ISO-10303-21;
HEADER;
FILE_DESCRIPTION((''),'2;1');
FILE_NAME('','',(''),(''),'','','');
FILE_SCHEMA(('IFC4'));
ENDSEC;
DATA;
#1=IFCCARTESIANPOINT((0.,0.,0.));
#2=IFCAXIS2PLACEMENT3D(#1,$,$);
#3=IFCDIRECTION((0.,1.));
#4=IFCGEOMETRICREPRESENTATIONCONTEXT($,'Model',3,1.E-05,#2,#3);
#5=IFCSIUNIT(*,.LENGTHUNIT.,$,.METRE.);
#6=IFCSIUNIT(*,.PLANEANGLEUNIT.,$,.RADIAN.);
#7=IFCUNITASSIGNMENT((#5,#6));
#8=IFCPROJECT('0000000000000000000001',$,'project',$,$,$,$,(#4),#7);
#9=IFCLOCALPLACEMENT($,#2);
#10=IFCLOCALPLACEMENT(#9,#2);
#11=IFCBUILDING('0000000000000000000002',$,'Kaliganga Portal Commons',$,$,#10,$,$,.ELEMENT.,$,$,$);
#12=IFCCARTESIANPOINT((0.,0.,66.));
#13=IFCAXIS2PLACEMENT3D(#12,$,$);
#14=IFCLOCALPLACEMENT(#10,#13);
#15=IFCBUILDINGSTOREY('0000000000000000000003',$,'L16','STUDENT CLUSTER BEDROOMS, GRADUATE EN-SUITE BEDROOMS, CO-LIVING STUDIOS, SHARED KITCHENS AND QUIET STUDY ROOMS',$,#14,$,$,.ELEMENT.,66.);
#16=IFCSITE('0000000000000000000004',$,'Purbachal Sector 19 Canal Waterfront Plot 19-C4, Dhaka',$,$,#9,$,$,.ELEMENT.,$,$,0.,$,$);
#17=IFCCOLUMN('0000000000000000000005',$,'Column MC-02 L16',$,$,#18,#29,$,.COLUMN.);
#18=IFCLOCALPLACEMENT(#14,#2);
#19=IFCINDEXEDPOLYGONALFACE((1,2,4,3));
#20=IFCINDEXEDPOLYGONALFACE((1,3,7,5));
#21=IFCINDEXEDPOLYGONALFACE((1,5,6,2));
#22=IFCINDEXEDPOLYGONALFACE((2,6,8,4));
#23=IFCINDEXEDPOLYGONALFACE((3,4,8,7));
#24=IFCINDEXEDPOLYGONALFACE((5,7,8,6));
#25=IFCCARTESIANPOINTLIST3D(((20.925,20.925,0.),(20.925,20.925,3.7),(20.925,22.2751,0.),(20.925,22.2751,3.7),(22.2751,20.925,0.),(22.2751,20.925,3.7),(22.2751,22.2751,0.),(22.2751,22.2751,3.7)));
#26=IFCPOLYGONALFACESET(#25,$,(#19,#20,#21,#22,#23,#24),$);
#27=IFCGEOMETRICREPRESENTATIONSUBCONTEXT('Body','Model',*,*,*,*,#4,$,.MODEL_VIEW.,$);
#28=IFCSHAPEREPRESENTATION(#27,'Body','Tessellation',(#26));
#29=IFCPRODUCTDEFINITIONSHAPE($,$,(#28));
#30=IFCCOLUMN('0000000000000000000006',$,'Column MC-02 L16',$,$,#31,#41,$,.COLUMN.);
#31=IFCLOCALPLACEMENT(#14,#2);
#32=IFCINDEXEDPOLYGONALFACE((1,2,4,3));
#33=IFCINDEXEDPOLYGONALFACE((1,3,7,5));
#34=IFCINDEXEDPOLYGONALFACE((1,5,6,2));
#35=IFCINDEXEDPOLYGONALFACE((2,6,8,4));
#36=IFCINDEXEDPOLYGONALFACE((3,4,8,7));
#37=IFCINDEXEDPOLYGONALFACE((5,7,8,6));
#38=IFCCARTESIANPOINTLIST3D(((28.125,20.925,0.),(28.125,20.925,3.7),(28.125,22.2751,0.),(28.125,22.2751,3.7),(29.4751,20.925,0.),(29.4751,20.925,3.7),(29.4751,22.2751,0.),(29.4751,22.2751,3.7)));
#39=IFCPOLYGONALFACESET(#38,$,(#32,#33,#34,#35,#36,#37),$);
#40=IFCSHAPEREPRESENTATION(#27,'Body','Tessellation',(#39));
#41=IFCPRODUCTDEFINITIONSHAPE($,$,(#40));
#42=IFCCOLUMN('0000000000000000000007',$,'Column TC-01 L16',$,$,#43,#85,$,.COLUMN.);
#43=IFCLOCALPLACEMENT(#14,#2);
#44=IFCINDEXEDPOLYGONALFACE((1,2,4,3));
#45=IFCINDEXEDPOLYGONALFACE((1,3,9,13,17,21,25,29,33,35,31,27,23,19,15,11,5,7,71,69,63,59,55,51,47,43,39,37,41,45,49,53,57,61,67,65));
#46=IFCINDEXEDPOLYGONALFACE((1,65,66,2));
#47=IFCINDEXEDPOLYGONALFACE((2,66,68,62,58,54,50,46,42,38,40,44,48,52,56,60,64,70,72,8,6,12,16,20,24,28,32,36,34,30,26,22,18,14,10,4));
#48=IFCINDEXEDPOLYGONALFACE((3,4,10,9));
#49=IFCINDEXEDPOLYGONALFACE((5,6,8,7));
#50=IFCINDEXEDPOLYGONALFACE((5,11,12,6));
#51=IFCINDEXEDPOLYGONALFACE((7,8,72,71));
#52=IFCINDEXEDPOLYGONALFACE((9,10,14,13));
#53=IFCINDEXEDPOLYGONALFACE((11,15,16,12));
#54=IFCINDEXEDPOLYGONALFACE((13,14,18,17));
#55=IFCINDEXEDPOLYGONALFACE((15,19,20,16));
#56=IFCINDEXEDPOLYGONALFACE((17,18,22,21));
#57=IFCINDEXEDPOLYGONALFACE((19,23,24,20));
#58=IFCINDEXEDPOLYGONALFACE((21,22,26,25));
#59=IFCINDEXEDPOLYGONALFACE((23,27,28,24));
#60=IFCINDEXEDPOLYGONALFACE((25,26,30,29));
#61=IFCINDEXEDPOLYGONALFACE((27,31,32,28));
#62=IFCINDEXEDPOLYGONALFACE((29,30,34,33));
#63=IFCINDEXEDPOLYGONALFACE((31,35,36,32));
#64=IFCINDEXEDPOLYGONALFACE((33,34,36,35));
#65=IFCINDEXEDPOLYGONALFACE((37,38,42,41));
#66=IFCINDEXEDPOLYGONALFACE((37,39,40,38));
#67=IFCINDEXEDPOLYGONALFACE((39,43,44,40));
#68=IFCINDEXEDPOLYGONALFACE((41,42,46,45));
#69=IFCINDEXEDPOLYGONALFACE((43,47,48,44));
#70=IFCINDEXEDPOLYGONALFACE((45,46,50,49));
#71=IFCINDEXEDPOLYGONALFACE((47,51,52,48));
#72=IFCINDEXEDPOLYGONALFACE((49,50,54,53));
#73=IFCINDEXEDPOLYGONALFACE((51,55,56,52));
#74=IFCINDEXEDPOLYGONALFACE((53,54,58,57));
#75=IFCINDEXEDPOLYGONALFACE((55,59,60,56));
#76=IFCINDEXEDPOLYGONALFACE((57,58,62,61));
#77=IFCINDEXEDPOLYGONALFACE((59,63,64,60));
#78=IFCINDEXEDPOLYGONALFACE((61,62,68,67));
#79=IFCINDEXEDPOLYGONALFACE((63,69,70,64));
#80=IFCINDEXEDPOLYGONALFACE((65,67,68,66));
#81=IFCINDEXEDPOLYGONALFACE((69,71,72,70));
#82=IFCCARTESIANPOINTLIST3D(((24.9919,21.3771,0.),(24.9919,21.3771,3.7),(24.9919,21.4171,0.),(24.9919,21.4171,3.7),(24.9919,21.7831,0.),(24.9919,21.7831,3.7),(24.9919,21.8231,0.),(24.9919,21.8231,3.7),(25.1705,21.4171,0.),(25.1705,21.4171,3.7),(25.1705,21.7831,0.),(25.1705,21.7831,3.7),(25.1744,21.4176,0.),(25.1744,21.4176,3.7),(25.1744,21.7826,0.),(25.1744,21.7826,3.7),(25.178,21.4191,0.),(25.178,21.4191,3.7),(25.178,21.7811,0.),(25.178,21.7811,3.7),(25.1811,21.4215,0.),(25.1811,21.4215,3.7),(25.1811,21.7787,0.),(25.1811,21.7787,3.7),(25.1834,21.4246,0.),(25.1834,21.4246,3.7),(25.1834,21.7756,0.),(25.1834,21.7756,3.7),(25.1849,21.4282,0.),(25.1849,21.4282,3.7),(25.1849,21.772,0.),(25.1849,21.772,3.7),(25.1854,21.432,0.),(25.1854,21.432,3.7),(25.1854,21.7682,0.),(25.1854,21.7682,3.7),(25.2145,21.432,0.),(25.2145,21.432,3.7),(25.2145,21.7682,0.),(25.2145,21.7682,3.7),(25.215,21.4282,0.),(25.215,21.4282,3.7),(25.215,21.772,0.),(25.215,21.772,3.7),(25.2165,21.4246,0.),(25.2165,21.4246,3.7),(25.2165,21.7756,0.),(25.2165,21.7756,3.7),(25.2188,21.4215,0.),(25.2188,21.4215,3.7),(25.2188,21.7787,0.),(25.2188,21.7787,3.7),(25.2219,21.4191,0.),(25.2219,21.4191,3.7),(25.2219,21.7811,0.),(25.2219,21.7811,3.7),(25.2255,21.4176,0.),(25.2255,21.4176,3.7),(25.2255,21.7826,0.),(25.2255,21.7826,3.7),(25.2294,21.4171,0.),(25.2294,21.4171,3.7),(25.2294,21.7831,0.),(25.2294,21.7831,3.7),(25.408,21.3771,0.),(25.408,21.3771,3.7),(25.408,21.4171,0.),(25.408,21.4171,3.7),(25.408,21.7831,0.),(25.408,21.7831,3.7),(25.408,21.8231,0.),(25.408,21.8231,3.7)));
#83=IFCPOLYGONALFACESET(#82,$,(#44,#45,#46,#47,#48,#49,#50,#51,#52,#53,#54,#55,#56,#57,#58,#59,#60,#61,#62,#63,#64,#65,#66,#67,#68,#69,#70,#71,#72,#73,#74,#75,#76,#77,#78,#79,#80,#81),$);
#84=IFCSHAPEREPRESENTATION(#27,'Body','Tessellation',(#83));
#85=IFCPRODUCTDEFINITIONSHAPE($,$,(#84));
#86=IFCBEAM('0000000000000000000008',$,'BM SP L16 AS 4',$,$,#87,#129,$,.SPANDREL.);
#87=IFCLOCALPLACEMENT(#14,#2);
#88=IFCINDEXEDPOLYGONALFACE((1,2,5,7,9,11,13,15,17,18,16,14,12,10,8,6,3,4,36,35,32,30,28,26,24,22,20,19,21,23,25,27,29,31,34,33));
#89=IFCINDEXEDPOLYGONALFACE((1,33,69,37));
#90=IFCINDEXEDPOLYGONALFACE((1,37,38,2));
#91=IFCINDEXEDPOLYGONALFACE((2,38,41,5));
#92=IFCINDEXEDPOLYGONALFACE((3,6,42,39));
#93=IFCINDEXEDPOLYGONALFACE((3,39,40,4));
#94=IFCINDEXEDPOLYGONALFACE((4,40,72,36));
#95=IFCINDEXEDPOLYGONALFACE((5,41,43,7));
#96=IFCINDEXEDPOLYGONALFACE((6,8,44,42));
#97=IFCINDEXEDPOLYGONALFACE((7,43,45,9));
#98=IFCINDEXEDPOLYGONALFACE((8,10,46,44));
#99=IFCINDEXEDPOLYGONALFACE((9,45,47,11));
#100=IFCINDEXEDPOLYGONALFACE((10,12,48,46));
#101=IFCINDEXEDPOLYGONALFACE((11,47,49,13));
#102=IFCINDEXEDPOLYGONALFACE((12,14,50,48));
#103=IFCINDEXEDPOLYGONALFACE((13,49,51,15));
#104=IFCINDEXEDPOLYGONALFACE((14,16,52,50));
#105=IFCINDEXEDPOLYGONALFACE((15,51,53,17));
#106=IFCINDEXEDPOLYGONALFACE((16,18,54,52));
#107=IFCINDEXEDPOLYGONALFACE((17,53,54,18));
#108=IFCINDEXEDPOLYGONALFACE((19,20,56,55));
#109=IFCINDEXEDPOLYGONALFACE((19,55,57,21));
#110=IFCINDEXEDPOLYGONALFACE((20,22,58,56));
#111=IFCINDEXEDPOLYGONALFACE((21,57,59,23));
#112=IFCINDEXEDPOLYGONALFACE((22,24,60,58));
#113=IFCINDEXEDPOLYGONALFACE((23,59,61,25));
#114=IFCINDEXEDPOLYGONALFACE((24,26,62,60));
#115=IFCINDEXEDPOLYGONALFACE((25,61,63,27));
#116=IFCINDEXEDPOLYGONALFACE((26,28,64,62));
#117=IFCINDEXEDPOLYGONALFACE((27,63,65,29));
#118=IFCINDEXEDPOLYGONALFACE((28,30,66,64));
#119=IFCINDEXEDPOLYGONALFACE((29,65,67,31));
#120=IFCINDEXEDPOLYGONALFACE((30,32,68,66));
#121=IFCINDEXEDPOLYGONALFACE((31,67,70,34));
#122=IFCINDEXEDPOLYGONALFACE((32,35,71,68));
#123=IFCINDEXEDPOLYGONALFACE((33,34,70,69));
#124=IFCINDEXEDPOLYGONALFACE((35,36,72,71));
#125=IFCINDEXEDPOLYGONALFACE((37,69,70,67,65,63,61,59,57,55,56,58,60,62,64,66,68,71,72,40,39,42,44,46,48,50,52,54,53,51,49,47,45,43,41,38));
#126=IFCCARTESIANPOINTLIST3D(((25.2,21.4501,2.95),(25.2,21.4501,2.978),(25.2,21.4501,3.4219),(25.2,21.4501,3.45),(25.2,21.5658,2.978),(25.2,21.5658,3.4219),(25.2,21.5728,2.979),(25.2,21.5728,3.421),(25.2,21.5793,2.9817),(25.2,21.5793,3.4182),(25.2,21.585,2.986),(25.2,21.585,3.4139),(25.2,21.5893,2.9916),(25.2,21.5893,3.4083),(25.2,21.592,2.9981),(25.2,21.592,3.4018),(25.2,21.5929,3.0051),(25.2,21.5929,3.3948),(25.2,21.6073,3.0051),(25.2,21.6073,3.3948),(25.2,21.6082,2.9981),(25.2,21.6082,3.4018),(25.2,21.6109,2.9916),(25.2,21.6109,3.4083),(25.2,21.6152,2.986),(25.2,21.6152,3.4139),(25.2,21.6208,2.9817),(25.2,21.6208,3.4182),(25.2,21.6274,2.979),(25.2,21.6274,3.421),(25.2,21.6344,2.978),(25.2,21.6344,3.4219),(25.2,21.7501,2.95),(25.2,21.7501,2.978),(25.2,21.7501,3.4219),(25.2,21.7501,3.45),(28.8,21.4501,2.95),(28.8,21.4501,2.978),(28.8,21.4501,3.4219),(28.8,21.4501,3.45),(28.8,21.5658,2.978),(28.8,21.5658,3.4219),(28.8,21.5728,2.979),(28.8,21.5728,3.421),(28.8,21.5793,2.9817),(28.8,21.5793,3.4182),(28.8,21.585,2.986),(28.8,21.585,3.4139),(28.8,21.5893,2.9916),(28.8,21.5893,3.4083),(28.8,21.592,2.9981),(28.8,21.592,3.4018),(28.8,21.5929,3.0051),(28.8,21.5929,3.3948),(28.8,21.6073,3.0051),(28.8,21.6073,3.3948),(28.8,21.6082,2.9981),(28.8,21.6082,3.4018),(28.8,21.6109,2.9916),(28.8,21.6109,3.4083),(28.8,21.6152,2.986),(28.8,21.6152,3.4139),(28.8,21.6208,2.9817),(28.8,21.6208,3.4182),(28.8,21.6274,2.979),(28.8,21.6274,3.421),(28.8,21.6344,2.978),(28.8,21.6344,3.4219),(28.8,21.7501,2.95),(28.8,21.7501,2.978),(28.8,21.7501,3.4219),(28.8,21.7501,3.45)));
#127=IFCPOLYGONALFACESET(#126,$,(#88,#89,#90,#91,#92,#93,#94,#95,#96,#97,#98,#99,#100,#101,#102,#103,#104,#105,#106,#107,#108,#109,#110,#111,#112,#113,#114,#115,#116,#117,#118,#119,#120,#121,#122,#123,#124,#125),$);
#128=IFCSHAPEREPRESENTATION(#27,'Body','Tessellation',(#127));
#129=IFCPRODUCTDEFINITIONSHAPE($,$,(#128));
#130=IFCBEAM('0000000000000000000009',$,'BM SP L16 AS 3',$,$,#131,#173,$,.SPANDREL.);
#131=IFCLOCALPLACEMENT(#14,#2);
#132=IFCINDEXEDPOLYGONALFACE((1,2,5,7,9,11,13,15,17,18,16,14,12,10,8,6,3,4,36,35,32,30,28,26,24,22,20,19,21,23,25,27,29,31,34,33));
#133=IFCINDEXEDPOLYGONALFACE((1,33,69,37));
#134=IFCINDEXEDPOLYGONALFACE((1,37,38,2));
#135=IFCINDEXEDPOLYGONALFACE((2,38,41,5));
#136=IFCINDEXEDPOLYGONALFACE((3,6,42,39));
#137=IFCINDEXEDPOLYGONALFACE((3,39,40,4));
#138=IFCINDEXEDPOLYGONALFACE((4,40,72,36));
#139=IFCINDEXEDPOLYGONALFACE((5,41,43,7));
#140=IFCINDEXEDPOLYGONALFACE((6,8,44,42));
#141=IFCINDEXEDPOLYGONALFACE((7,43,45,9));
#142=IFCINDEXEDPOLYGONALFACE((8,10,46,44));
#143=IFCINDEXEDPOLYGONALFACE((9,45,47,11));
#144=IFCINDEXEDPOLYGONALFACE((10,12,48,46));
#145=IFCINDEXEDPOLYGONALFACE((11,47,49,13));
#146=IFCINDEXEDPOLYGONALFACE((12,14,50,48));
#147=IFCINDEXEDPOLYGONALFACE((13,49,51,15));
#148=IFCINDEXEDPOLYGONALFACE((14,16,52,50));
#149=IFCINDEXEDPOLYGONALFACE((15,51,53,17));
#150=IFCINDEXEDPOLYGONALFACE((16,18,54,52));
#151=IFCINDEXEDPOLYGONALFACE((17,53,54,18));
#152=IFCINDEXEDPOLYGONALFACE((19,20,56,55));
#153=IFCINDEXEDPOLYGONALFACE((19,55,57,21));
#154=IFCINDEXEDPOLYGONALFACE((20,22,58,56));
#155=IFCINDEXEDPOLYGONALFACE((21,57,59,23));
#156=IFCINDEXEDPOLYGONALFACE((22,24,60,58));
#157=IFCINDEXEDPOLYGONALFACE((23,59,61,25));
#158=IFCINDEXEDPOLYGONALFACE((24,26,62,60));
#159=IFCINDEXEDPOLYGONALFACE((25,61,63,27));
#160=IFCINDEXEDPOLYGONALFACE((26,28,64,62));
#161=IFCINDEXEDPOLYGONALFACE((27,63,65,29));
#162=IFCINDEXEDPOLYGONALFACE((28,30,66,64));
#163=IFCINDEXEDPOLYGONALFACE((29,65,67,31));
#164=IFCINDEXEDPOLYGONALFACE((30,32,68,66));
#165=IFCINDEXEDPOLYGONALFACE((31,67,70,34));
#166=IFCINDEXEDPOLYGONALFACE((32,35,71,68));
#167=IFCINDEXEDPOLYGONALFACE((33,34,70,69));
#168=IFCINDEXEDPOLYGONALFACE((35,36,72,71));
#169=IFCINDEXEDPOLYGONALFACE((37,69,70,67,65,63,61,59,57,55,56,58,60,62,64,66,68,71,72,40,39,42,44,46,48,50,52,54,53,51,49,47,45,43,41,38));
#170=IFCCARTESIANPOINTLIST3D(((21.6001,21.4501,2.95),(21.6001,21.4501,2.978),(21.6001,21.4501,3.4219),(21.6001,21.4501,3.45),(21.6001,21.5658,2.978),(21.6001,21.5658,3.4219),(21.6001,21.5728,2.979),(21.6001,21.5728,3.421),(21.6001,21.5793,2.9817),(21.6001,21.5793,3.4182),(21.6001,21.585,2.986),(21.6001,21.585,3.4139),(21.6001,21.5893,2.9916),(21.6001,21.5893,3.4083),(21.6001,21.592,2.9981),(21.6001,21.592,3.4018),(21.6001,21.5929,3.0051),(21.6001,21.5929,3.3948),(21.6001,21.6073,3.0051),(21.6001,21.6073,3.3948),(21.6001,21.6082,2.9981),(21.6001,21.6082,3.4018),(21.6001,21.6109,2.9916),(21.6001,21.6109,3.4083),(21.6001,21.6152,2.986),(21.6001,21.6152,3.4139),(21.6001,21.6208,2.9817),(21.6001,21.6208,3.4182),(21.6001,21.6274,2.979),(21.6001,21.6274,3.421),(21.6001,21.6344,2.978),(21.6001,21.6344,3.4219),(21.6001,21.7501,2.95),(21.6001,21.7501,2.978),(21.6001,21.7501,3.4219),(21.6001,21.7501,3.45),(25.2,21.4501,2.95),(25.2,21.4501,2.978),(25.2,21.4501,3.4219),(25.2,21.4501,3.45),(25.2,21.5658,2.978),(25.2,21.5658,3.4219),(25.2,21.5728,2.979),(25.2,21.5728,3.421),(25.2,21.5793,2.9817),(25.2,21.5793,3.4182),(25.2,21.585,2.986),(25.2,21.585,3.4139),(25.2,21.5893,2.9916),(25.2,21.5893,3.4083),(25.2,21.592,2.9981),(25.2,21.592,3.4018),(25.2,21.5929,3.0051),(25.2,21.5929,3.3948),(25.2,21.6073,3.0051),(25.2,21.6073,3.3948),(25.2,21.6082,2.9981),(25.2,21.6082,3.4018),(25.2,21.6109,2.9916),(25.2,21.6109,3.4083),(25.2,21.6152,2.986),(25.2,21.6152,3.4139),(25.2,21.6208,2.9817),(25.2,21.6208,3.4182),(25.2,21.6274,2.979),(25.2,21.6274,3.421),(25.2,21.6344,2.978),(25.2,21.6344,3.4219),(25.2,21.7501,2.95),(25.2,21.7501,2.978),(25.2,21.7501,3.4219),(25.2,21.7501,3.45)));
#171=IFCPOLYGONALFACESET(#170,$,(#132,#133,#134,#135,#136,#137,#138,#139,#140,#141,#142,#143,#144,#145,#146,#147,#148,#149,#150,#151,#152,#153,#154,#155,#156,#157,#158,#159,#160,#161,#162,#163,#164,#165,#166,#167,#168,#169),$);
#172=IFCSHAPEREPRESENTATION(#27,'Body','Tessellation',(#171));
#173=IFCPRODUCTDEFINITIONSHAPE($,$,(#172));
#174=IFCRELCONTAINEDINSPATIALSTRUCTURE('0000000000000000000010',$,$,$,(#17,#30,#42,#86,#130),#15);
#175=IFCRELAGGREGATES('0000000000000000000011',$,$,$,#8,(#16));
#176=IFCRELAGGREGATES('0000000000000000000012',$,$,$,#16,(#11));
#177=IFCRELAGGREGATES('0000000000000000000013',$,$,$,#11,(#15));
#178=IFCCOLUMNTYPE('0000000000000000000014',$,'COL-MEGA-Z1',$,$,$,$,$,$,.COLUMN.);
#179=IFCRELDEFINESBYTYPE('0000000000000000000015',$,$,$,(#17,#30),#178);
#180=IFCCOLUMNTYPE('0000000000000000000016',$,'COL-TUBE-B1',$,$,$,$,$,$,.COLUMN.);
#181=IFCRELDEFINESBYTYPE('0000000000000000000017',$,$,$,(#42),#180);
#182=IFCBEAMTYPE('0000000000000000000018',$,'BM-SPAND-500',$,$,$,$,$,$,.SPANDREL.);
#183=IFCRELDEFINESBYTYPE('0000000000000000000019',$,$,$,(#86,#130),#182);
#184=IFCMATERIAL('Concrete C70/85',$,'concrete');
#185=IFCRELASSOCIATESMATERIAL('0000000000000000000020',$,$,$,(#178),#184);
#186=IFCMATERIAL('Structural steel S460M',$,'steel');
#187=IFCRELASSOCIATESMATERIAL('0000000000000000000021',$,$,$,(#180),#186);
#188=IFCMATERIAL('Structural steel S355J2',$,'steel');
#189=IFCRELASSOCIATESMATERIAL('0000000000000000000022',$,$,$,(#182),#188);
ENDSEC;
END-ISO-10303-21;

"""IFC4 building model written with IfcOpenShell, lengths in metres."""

from ifc_helpers import new_model, si_unit, direction, frame, origin, origin_2d, place, context, subcontext, project, spatial, rectangle, i_section, extrude, source, transform, mapped, material, material_profile, profile_set, type_object, element, save


model = new_model("IFC4")

# Units and contexts
model_context = context("Model", 3, precision=1e-05, world=origin(), true_north=direction((0.0, 1.0)))
body_context = subcontext(model_context, "Body", "Model", "MODEL_VIEW")
ifc_project = project(units=[si_unit("LENGTHUNIT", "METRE"), si_unit("PLANEANGLEUNIT", "RADIAN")], contexts=[model_context])

# Site, building, storey
site_placement = place(None, origin())
site = spatial("IfcSite", under=ifc_project, at=site_placement, Name="Purbachal Sector 19 Canal Waterfront Plot 19-C4, Dhaka", CompositionType="ELEMENT", RefElevation=0.0)
building_placement = place(site_placement, origin())
building = spatial("IfcBuilding", under=site, at=building_placement, Name="Kaliganga Portal Commons", CompositionType="ELEMENT")
storey_placement = place(building_placement, frame((0.0, 0.0, 66.0)))
storey = spatial("IfcBuildingStorey", under=building, at=storey_placement, Name="L16", Description="STUDENT CLUSTER BEDROOMS, GRADUATE EN-SUITE BEDROOMS, CO-LIVING STUDIOS, SHARED KITCHENS AND QUIET STUDY ROOMS", CompositionType="ELEMENT", Elevation=66.0)

# Columns
ifc_material_1 = material(Name="Concrete C70/85", Category="concrete")
ifc_material_profile_1 = material_profile(ifc_material_1, rectangle(XDim=1.3501, YDim=1.3501, at=origin_2d()), Name="RC 1350x1350")
ifc_profile_set_1 = profile_set([ifc_material_profile_1], Name="Concrete C70/85")
column_type_1 = type_object("IfcColumnType", Name="COL-MEGA-Z1", PredefinedType="COLUMN", material=ifc_profile_set_1)
shared_shape_1 = source(origin(), body_context, "Body", "SweptSolid", [
    extrude(rectangle(XDim=1.3501, YDim=1.3501, at=origin_2d()), origin(), (0.0, 0.0, 1.0), 3.7),
])
for number, where, z_axis, x_axis, name in (
    (1, (21.6001, 21.6001, 0.0), (0.0, 0.0, 1.0), (1.0, 0.0, 0.0), "Column MC-02 L16"),
    (2, (28.8, 21.6001, 0.0), (0.0, 0.0, 1.0), (1.0, 0.0, 0.0), "Column MC-02 L16"),
):
    element("IfcColumn", number, at=place(storey_placement, frame(where, z_axis=z_axis, x_axis=x_axis)), inside=storey, type_object=column_type_1, Name=name, PredefinedType="COLUMN", context=body_context, shape_type="MappedRepresentation", body=[
        mapped(shared_shape_1, transform((0.0, 0.0, 0.0), x_axis=(1.0, 0.0, 0.0), y_axis=(0.0, 1.0, 0.0), z_axis=(0.0, 0.0, 1.0), scale=1.0)),
    ])
ifc_material_2 = material(Name="Structural steel S460M", Category="steel")
ifc_material_profile_2 = material_profile(ifc_material_2, i_section(OverallWidth=0.416, OverallDepth=0.446, WebThickness=0.0291, FlangeThickness=0.04, FilletRadius=0.0149, at=origin_2d()), Name="HD 400x509")
ifc_profile_set_2 = profile_set([ifc_material_profile_2], Name="Structural steel S460M wide-flange")
column_type_2 = type_object("IfcColumnType", Name="COL-TUBE-B1", PredefinedType="COLUMN", material=ifc_profile_set_2)
shared_shape_2 = source(origin(), body_context, "Body", "SweptSolid", [
    extrude(i_section(OverallWidth=0.416, OverallDepth=0.446, WebThickness=0.0291, FlangeThickness=0.04, FilletRadius=0.0149, at=origin_2d()), origin(), (0.0, 0.0, 1.0), 3.7),
])
column_placement = place(storey_placement, frame((25.2, 21.6001, 0.0), z_axis=(0.0, 0.0, 1.0), x_axis=(1.0, 0.0, 0.0)))
element("IfcColumn", 3, at=column_placement, inside=storey, type_object=column_type_2, Name="Column TC-01 L16", PredefinedType="COLUMN", context=body_context, shape_type="MappedRepresentation", body=[
    mapped(shared_shape_2, transform((0.0, 0.0, 0.0), x_axis=(1.0, 0.0, 0.0), y_axis=(0.0, 1.0, 0.0), z_axis=(0.0, 0.0, 1.0), scale=1.0)),
])

# Beams
ifc_material_3 = material(Name="Structural steel S355J2", Category="steel")
ifc_material_profile_3 = material_profile(ifc_material_3, i_section(OverallWidth=0.3, OverallDepth=0.5, WebThickness=0.0144, FlangeThickness=0.0281, FilletRadius=0.0271, at=origin_2d()), Name="HE 500 B")
ifc_profile_set_3 = profile_set([ifc_material_profile_3], Name="Structural steel S355J2 wide-flange")
beam_type_1 = type_object("IfcBeamType", Name="BM-SPAND-500", PredefinedType="SPANDREL", material=ifc_profile_set_3)
shared_shape_3 = source(origin(), body_context, "Body", "SweptSolid", [
    extrude(i_section(OverallWidth=0.3, OverallDepth=0.5, WebThickness=0.0144, FlangeThickness=0.0281, FilletRadius=0.0271, at=origin_2d()), origin(), (0.0, 0.0, 1.0), 3.6001),
])
beam_1_placement = place(storey_placement, frame((25.2, 21.6001, 3.2), z_axis=(1.0, 0.0, 0.0), x_axis=(0.0, 1.0, 0.0)))
element("IfcBeam", 4, at=beam_1_placement, inside=storey, type_object=beam_type_1, Name="BM SP L16 AS 4", PredefinedType="SPANDREL", context=body_context, shape_type="MappedRepresentation", body=[
    mapped(shared_shape_3, transform((0.0, 0.0, 0.0), x_axis=(1.0, 0.0, 0.0), y_axis=(0.0, 1.0, 0.0), z_axis=(0.0, 0.0, 1.0), scale=1.0)),
])
shared_shape_4 = source(origin(), body_context, "Body", "SweptSolid", [
    extrude(i_section(OverallWidth=0.3, OverallDepth=0.5, WebThickness=0.0144, FlangeThickness=0.0281, FilletRadius=0.0271, at=origin_2d()), origin(), (0.0, 0.0, 1.0), 3.5999),
])
for number, where, z_axis, x_axis, name in (
    (5, (21.6001, 21.6001, 3.2), (1.0, 0.0, 0.0), (0.0, 1.0, 0.0), "BM SP L16 AS 3"),
):
    element("IfcBeam", number, at=place(storey_placement, frame(where, z_axis=z_axis, x_axis=x_axis)), inside=storey, type_object=beam_type_1, Name=name, PredefinedType="SPANDREL", context=body_context, shape_type="MappedRepresentation", body=[
        mapped(shared_shape_4, transform((0.0, 0.0, 0.0), x_axis=(1.0, 0.0, 0.0), y_axis=(0.0, 1.0, 0.0), z_axis=(0.0, 0.0, 1.0), scale=1.0)),
    ])

save(model, "model.ifc")
